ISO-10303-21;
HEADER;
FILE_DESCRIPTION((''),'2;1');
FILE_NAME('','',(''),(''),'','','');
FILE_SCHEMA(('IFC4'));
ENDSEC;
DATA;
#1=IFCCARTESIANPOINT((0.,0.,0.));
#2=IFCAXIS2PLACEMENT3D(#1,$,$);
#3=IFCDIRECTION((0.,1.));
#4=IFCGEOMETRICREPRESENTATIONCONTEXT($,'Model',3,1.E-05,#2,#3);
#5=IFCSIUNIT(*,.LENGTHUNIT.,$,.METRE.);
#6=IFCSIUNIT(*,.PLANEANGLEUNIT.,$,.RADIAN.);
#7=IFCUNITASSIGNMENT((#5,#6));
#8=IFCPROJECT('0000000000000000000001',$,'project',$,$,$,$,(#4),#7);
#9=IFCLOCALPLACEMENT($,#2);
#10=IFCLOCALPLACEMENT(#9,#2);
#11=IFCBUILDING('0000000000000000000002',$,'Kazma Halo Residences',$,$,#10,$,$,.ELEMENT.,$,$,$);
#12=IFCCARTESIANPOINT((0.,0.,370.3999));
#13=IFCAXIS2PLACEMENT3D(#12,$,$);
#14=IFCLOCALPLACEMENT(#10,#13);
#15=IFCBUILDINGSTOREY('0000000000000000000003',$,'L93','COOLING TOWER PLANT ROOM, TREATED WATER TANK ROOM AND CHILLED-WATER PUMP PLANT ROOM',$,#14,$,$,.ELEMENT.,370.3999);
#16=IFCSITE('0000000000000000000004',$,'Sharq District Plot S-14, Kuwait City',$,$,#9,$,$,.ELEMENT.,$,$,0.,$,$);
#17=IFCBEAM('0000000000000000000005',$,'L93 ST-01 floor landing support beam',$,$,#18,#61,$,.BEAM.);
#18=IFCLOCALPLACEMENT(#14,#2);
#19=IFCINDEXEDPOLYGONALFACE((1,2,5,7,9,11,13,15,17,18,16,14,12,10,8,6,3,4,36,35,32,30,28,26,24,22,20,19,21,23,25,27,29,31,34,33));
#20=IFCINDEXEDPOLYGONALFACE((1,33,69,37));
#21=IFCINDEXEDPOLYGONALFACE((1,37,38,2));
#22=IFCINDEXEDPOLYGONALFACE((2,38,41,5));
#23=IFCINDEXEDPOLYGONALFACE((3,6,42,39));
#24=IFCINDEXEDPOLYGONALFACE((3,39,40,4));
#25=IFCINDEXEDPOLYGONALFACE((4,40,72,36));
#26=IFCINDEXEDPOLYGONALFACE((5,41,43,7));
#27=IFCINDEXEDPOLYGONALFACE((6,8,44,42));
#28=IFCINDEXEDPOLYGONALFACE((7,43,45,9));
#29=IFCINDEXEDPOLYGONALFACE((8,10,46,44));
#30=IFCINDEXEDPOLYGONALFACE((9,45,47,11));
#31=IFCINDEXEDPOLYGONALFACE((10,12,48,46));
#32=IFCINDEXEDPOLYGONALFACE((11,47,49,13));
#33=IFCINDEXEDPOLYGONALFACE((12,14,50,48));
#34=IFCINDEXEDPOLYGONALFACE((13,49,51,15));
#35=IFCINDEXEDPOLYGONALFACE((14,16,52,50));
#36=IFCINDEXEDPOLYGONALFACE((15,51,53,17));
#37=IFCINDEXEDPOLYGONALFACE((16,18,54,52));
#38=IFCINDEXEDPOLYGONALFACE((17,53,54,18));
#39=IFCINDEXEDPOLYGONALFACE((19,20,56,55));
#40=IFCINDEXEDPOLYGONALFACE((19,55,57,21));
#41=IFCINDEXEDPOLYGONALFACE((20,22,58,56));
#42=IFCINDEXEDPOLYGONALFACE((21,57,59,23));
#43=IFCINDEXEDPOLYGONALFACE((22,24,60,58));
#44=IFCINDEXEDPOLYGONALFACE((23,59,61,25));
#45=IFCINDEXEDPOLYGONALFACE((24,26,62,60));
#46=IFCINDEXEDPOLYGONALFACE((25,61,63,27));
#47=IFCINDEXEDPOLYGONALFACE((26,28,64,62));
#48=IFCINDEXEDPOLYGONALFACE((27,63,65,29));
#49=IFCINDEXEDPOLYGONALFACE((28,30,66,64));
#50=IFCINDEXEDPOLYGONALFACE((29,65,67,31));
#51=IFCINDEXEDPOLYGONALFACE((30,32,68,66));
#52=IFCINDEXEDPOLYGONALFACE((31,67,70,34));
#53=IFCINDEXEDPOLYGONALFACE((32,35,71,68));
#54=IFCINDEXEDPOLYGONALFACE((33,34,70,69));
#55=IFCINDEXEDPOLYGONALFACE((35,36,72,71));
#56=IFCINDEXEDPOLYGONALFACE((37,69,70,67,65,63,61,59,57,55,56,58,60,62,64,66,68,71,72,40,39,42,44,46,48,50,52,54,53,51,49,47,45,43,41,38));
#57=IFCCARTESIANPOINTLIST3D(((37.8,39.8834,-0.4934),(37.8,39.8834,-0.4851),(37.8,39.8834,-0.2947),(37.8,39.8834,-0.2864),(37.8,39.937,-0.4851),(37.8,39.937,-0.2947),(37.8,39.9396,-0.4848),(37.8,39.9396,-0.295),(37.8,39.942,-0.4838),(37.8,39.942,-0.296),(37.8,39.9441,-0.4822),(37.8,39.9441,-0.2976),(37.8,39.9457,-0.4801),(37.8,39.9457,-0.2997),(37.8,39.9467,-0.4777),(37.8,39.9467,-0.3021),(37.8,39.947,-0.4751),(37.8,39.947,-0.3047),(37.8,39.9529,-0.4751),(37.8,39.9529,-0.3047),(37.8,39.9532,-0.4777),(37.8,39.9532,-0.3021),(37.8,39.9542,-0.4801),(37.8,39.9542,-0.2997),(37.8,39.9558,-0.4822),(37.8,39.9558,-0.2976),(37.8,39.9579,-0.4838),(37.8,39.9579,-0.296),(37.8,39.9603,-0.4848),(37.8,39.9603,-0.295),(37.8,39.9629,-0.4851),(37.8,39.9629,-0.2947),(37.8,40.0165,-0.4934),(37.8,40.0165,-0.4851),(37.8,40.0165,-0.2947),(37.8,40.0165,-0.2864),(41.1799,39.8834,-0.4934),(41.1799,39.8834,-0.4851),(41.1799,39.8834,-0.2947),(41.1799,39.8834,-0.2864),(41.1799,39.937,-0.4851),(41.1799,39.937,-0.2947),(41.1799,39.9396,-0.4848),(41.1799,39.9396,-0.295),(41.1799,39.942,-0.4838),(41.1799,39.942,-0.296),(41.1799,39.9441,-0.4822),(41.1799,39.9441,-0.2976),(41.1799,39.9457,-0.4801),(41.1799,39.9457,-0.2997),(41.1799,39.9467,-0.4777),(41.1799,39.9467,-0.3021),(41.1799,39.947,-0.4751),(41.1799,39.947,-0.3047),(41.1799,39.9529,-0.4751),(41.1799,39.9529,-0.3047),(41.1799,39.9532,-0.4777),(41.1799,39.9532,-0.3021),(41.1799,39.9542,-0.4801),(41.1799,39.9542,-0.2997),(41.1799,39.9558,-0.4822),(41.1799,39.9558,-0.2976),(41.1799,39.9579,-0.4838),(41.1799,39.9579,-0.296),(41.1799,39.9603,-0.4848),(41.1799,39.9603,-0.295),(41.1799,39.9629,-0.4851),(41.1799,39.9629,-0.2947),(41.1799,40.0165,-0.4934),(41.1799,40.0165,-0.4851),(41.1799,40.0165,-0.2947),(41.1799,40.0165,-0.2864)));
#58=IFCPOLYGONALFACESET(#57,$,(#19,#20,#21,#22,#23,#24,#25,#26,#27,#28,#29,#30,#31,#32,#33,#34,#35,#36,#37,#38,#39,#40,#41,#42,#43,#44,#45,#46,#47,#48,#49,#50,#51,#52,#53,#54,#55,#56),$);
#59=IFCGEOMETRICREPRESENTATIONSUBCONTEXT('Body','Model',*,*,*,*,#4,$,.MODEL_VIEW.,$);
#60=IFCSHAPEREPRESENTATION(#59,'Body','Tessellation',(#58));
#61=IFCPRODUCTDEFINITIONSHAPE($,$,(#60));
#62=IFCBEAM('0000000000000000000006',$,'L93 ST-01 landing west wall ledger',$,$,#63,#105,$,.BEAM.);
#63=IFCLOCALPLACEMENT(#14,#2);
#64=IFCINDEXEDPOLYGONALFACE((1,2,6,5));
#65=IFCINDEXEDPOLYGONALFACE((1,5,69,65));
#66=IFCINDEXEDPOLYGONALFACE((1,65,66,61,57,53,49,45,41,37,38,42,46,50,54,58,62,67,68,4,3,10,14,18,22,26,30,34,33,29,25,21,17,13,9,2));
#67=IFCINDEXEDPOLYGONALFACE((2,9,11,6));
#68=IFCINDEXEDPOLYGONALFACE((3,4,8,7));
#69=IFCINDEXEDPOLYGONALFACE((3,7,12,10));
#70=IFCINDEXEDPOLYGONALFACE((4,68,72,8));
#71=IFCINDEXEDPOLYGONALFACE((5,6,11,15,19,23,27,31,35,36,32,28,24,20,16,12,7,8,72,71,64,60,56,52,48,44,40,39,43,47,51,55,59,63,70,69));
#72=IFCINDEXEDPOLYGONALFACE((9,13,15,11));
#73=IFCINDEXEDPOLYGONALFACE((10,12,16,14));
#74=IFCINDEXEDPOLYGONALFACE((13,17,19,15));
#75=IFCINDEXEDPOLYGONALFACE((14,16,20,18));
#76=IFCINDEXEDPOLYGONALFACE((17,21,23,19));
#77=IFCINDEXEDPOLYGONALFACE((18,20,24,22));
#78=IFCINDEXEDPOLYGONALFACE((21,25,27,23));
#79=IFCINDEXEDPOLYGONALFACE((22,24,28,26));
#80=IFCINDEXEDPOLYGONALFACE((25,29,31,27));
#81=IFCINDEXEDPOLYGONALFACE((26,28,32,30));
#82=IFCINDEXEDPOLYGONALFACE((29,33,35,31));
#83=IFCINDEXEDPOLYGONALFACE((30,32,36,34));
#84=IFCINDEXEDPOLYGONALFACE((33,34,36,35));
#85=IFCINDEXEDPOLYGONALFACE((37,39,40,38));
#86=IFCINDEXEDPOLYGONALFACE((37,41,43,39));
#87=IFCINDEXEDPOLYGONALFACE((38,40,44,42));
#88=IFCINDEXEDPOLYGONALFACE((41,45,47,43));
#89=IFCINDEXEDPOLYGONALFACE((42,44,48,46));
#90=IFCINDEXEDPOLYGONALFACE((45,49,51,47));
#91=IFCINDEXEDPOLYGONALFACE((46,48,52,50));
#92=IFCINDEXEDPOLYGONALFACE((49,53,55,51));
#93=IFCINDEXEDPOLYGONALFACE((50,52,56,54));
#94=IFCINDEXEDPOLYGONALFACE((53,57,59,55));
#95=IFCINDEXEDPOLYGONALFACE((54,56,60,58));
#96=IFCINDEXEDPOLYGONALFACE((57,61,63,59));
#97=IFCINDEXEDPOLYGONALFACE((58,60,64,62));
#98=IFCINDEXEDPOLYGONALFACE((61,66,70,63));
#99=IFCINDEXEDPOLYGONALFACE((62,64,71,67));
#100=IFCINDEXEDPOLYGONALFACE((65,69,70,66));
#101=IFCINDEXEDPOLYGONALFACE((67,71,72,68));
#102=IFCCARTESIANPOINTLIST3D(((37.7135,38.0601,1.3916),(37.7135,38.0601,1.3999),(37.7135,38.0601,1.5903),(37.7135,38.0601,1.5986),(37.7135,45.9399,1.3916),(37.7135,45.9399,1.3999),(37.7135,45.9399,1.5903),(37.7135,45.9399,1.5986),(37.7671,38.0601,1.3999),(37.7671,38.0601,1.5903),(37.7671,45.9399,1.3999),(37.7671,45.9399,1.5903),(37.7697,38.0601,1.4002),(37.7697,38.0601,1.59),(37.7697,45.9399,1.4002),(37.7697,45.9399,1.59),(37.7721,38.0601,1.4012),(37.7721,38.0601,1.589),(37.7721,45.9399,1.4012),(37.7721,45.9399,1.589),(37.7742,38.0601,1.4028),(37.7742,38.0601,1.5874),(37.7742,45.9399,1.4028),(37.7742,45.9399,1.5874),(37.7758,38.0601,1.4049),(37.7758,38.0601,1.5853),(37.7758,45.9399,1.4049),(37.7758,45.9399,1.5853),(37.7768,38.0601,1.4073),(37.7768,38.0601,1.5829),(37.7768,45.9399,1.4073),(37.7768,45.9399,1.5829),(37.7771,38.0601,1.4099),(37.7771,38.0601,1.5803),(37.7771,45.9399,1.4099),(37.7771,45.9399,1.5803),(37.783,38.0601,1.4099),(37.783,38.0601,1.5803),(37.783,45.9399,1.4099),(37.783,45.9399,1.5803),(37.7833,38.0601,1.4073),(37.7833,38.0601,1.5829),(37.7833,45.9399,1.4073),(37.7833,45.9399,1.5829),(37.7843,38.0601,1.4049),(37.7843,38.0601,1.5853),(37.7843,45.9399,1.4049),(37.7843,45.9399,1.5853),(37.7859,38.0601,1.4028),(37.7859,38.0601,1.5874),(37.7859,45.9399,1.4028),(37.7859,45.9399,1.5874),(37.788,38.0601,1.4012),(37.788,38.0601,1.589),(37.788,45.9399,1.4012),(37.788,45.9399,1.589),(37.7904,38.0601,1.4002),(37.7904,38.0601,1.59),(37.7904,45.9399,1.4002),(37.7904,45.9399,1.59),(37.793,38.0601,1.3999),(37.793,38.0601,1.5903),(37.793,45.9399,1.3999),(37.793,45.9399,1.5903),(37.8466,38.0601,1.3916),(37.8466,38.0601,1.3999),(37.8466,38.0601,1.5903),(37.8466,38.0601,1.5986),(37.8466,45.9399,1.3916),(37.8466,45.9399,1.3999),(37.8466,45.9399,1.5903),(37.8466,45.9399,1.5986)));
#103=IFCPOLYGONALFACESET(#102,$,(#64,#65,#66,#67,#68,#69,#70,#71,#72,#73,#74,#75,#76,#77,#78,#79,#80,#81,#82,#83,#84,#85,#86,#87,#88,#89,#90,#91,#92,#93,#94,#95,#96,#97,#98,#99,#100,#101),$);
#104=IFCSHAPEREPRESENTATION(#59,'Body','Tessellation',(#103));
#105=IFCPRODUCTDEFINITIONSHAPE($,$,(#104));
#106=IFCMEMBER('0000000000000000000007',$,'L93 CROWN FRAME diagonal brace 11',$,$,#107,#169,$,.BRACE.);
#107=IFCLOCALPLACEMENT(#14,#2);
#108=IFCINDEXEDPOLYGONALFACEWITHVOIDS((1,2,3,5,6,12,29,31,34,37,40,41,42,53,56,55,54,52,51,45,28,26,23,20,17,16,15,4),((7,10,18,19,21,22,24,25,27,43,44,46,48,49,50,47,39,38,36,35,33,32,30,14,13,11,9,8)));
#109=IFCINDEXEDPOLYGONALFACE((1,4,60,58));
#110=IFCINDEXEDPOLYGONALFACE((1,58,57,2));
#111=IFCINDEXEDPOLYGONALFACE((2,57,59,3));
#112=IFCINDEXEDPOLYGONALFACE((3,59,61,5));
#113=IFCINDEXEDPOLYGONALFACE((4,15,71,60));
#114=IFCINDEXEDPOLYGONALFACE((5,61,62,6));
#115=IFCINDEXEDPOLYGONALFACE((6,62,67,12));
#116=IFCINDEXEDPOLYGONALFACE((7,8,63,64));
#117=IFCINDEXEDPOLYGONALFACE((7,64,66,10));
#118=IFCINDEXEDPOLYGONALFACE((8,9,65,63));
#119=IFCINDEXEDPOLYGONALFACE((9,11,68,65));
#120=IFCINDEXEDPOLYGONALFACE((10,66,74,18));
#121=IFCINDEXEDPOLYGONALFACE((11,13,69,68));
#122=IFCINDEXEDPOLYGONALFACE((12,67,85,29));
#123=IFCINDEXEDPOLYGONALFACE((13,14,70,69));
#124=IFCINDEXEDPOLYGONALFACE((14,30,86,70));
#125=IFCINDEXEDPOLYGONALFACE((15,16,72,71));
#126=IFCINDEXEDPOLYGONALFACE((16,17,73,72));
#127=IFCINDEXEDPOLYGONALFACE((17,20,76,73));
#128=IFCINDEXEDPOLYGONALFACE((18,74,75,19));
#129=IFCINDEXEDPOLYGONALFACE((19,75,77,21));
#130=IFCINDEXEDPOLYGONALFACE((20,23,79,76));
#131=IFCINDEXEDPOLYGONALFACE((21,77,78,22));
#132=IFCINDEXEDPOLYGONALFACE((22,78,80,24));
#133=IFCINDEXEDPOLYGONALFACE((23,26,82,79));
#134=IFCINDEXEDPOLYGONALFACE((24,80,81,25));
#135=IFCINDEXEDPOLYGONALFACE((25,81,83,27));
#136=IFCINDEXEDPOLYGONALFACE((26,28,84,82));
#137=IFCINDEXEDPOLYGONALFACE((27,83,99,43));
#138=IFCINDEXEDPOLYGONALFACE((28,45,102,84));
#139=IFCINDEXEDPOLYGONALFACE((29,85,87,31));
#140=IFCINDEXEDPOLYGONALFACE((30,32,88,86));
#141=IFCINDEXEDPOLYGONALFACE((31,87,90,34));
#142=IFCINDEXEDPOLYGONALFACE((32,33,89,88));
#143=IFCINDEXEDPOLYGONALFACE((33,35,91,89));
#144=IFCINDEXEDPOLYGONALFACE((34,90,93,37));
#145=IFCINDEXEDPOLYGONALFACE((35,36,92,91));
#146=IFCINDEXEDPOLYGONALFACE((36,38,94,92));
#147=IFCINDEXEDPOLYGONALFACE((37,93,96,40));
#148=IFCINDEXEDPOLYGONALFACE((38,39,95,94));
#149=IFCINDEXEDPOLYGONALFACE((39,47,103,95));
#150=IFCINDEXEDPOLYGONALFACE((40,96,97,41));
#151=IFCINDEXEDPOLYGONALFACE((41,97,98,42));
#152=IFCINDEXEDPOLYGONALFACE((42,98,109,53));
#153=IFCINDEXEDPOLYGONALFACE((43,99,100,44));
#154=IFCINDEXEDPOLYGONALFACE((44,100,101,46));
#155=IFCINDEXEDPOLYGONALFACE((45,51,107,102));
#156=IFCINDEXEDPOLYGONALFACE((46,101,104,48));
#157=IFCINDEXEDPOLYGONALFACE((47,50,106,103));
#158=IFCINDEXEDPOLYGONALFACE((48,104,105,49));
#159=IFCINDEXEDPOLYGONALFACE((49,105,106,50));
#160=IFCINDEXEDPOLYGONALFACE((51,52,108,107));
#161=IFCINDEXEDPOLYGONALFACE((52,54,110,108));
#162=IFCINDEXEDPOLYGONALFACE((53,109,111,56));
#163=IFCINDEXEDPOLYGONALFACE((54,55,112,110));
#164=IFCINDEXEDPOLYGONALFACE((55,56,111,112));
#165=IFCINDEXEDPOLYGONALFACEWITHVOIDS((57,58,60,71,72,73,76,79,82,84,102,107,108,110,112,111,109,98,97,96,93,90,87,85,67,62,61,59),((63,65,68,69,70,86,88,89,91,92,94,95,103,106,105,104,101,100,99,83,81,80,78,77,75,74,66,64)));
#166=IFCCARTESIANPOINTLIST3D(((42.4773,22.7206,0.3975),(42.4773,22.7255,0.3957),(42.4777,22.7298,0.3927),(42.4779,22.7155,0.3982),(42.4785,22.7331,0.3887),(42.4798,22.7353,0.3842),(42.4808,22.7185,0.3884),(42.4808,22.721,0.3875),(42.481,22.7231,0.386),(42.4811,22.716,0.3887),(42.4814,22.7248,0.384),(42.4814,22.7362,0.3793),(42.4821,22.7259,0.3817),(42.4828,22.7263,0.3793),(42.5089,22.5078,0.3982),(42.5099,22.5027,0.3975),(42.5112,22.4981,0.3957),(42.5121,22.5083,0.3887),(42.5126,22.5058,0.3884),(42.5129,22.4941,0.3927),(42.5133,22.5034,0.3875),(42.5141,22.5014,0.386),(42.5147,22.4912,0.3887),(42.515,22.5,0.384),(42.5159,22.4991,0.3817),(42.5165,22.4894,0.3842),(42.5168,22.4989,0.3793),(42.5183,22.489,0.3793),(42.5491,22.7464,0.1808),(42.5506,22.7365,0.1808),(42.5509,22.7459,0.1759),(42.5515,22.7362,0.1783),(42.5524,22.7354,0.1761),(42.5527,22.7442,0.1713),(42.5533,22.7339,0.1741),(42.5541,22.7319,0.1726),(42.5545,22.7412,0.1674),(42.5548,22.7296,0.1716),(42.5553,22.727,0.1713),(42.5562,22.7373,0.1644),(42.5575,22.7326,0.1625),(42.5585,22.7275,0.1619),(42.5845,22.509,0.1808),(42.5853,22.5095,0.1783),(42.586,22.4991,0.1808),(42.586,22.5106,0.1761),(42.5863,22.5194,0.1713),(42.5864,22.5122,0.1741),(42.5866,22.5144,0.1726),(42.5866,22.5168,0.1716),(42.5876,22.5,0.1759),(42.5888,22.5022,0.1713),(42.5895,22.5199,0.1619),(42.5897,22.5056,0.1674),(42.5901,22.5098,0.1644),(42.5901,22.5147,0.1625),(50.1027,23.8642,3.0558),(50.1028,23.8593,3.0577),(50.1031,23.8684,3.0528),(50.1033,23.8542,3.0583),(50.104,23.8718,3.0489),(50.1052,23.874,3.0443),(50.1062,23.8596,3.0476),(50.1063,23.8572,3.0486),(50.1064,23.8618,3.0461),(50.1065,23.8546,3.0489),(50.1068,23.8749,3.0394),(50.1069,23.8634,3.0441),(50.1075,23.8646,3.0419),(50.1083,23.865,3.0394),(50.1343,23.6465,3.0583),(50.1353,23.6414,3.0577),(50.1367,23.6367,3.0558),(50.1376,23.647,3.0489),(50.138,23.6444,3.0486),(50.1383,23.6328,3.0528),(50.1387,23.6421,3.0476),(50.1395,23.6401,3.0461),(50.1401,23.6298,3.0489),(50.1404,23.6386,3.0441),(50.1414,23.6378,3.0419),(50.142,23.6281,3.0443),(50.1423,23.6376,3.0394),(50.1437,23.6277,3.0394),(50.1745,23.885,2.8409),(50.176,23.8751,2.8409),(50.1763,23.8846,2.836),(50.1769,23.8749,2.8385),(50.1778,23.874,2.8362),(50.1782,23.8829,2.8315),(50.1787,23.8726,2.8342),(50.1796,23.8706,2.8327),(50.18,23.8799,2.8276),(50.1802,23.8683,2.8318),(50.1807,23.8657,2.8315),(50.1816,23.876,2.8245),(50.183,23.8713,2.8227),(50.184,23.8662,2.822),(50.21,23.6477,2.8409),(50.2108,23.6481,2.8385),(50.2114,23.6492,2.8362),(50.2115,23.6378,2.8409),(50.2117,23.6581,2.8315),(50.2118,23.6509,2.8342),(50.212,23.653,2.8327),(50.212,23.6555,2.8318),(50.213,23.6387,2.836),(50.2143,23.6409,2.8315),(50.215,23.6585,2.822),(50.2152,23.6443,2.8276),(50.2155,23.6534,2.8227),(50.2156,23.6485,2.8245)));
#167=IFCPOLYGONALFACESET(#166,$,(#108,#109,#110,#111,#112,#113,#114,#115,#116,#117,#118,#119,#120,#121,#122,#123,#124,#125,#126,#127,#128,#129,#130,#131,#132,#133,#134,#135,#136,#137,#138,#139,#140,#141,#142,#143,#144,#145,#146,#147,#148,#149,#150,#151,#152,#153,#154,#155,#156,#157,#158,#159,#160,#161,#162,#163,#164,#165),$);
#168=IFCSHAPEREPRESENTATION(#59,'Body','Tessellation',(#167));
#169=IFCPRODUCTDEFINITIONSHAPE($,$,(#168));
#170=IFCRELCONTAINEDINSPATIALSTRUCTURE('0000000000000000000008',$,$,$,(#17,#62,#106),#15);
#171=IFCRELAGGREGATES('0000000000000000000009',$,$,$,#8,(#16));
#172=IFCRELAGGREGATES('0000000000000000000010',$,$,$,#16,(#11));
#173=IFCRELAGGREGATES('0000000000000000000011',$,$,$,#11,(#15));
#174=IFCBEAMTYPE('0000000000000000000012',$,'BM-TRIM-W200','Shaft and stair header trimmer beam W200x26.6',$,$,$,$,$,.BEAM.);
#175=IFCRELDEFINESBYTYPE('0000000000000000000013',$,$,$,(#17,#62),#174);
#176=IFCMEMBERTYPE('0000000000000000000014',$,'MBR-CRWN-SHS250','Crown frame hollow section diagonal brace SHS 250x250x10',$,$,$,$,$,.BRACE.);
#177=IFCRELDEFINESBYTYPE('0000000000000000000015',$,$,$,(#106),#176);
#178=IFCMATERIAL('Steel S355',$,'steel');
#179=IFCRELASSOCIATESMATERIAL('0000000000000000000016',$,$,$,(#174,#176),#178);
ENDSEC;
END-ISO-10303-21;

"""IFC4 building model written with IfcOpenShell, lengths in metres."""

from ifc_helpers import new_model, si_unit, direction, frame, origin, origin_2d, place, context, subcontext, project, spatial, hollow_rectangle, i_section, extrude, material, material_profile, profile_set, type_object, element, save


model = new_model("IFC4")

# Units and contexts
model_context = context("Model", 3, precision=1e-05, world=origin(), true_north=direction((0.0, 1.0)))
body_context = subcontext(model_context, "Body", "Model", "MODEL_VIEW")
ifc_project = project(units=[si_unit("LENGTHUNIT", "METRE"), si_unit("PLANEANGLEUNIT", "RADIAN")], contexts=[model_context])

# Site, building, storey
site_placement = place(None, origin())
site = spatial("IfcSite", under=ifc_project, at=site_placement, Name="Sharq District Plot S-14, Kuwait City", CompositionType="ELEMENT", RefElevation=0.0)
building_placement = place(site_placement, origin())
building = spatial("IfcBuilding", under=site, at=building_placement, Name="Kazma Halo Residences", CompositionType="ELEMENT")
storey_placement = place(building_placement, frame((0.0, 0.0, 370.3999)))
storey = spatial("IfcBuildingStorey", under=building, at=storey_placement, Name="L93", Description="COOLING TOWER PLANT ROOM, TREATED WATER TANK ROOM AND CHILLED-WATER PUMP PLANT ROOM", CompositionType="ELEMENT", Elevation=370.3999)

# Shared definitions
ifc_material_1 = material(Name="Steel S355", Category="steel")

# Beams
ifc_material_profile_1 = material_profile(ifc_material_1, i_section(OverallWidth=0.1331, OverallDepth=0.207, WebThickness=0.0059, FlangeThickness=0.0083, FilletRadius=0.01, at=origin_2d()), Name="W200x26.6")
ifc_profile_set_1 = profile_set([ifc_material_profile_1], Name="Steel S355")
beam_type_1 = type_object("IfcBeamType", Name="BM-TRIM-W200", Description="Shaft and stair header trimmer beam W200x26.6", PredefinedType="BEAM", material=ifc_profile_set_1)
beam_1_placement = place(storey_placement, frame((37.8, 39.95, -0.3899), z_axis=(1.0, 0.0, 0.0), x_axis=(0.0, 1.0, 0.0)))
element("IfcBeam", 1, at=beam_1_placement, inside=storey, type_object=beam_type_1, Name="L93 ST-01 floor landing support beam", PredefinedType="BEAM", context=body_context, shape_type="SweptSolid", body=[
    extrude(i_section(OverallWidth=0.1331, OverallDepth=0.207, WebThickness=0.0059, FlangeThickness=0.0083, FilletRadius=0.01, at=origin_2d()), origin(), (0.0, 0.0, 1.0), 3.3799),
])
beam_2_placement = place(storey_placement, frame((37.78, 38.0601, 1.4951), z_axis=(0.0, 1.0, 0.0), x_axis=(-1.0, 0.0, 0.0)))
element("IfcBeam", 2, at=beam_2_placement, inside=storey, type_object=beam_type_1, Name="L93 ST-01 landing west wall ledger", PredefinedType="BEAM", context=body_context, shape_type="SweptSolid", body=[
    extrude(i_section(OverallWidth=0.1331, OverallDepth=0.207, WebThickness=0.0059, FlangeThickness=0.0083, FilletRadius=0.01, at=origin_2d()), origin(), (0.0, 0.0, 1.0), 7.8799),
])

# Member
ifc_material_profile_2 = material_profile(ifc_material_1, hollow_rectangle(XDim=0.25, YDim=0.25, WallThickness=0.01, InnerFilletRadius=0.01, OuterFilletRadius=0.02, at=origin_2d()), Name="SHS250x250x10")
ifc_profile_set_2 = profile_set([ifc_material_profile_2], Name="Steel S355")
member_type_1 = type_object("IfcMemberType", Name="MBR-CRWN-SHS250", Description="Crown frame hollow section diagonal brace SHS 250x250x10", PredefinedType="BRACE", material=ifc_profile_set_2)
member_1_placement = place(storey_placement, frame((42.5337, 22.6177, 0.28), z_axis=(0.934949, 0.139611, 0.326158), x_axis=(-0.147687, 0.989034, 0.0)))
element("IfcMember", 3, at=member_1_placement, inside=storey, type_object=member_type_1, Name="L93 CROWN FRAME diagonal brace 11", PredefinedType="BRACE", context=body_context, shape_type="SweptSolid", body=[
    extrude(hollow_rectangle(XDim=0.25, YDim=0.25, WallThickness=0.01, InnerFilletRadius=0.01, OuterFilletRadius=0.02, at=origin_2d()), origin(), (0.0, 0.0, 1.0), 8.156),
])

save(model, "model.ifc")
